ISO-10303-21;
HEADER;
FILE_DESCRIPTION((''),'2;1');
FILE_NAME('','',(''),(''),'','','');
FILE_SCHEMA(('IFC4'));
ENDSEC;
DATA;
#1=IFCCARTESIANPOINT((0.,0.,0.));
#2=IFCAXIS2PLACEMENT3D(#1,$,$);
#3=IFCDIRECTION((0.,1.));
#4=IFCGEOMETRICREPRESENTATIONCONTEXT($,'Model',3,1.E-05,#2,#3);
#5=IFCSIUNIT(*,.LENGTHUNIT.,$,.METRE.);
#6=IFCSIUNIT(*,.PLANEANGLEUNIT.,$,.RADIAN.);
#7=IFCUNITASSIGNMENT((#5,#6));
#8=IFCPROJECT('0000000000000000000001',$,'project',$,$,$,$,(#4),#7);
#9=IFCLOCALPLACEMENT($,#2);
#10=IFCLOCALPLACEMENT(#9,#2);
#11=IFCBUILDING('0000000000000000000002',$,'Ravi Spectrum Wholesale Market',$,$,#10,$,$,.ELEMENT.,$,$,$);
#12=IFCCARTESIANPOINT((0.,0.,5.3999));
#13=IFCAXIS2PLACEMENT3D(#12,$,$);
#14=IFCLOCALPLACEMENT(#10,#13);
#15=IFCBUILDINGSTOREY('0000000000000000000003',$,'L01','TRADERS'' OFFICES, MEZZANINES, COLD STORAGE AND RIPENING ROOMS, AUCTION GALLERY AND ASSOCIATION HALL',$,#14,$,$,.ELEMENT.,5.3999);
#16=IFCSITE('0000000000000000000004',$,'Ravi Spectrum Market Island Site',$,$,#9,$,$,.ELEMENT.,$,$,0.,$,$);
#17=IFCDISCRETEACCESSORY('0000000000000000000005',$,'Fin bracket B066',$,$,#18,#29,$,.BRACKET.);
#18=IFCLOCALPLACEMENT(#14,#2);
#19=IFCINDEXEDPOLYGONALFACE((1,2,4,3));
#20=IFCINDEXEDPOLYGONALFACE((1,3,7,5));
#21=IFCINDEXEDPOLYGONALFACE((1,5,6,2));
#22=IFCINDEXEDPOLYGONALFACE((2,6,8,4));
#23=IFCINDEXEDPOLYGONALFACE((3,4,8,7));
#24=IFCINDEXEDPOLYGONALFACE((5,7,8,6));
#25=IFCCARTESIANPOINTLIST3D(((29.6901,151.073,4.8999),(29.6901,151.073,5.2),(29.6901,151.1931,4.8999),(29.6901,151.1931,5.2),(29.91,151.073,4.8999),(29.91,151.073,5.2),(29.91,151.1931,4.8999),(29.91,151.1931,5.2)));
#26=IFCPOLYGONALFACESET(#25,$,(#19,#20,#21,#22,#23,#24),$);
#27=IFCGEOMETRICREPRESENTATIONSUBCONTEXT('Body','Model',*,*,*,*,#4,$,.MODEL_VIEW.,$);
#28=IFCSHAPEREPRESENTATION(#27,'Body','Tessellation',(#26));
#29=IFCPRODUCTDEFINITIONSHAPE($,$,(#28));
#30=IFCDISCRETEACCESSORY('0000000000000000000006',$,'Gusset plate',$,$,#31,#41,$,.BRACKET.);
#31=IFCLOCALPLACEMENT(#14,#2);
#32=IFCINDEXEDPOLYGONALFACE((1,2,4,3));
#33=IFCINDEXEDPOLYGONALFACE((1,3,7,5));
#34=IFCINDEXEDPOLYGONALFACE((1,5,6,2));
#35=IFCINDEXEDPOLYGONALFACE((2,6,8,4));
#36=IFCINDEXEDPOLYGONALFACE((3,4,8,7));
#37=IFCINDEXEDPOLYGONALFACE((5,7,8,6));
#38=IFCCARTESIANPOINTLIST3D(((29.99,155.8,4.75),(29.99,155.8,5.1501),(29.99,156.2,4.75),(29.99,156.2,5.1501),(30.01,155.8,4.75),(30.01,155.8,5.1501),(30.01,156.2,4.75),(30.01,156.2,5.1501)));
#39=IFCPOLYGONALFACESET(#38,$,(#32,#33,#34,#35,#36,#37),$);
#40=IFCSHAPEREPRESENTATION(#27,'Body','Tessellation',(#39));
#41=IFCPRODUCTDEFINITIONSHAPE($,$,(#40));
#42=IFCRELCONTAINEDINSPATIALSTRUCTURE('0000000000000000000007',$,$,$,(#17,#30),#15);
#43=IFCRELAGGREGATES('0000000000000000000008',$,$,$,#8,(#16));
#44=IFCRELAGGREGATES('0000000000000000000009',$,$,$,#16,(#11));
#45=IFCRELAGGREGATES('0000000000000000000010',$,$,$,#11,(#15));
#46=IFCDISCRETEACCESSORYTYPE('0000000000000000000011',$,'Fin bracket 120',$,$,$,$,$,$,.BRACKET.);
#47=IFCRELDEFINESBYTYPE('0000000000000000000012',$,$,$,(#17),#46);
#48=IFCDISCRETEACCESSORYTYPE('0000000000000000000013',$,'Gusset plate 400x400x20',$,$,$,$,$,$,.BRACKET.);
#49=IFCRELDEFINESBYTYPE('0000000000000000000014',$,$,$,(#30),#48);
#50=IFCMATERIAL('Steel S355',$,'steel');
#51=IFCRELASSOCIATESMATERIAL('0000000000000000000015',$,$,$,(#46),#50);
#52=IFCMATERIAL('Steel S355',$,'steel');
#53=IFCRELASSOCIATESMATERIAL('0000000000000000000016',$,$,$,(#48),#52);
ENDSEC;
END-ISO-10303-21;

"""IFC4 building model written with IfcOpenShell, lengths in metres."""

from ifc_helpers import new_model, si_unit, direction, frame, origin, origin_2d, place, context, subcontext, project, spatial, rectangle, extrude, material, material_profile, profile_set, type_object, element, save


model = new_model("IFC4")

# Units and contexts
model_context = context("Model", 3, precision=1e-05, world=origin(), true_north=direction((0.0, 1.0)))
body_context = subcontext(model_context, "Body", "Model", "MODEL_VIEW")
ifc_project = project(units=[si_unit("LENGTHUNIT", "METRE"), si_unit("PLANEANGLEUNIT", "RADIAN")], contexts=[model_context])

# Site, building, storey
site_placement = place(None, origin())
site = spatial("IfcSite", under=ifc_project, at=site_placement, Name="Ravi Spectrum Market Island Site", CompositionType="ELEMENT", RefElevation=0.0)
building_placement = place(site_placement, origin())
building = spatial("IfcBuilding", under=site, at=building_placement, Name="Ravi Spectrum Wholesale Market", CompositionType="ELEMENT")
storey_placement = place(building_placement, frame((0.0, 0.0, 5.3999)))
storey = spatial("IfcBuildingStorey", under=building, at=storey_placement, Name="L01", Description="TRADERS' OFFICES, MEZZANINES, COLD STORAGE AND RIPENING ROOMS, AUCTION GALLERY AND ASSOCIATION HALL", CompositionType="ELEMENT", Elevation=5.3999)

# Discrete accessories
ifc_material_1 = material(Name="Steel S355", Category="steel")
discrete_accessory_type_1 = type_object("IfcDiscreteAccessoryType", Name="Fin bracket 120", PredefinedType="BRACKET", material=ifc_material_1)
for number, where, z_axis, x_axis, name in (
    (1, (29.8, 151.1331, 4.8999), (0.0, 0.0, 1.0), (0.0, -1.0, 0.0), "Fin bracket B066"),
):
    element("IfcDiscreteAccessory", number, at=place(storey_placement, frame(where, z_axis=z_axis, x_axis=x_axis)), inside=storey, type_object=discrete_accessory_type_1, Name=name, PredefinedType="BRACKET", context=body_context, shape_type="SweptSolid", body=[
        extrude(rectangle(XDim=0.1201, YDim=0.22, at=origin_2d()), origin(), (0.0, 0.0, 1.0), 0.3),
    ])
ifc_material_2 = material(Name="Steel S355", Category="steel")
ifc_material_profile = material_profile(ifc_material_2, rectangle(XDim=0.3999, YDim=0.02, at=origin_2d()))
ifc_profile_set = profile_set([ifc_material_profile], Name="Steel S355")
discrete_accessory_type_2 = type_object("IfcDiscreteAccessoryType", Name="Gusset plate 400x400x20", PredefinedType="BRACKET", material=ifc_profile_set)
discrete_accessory_placement = place(storey_placement, frame((30.0, 156.0, 4.75), z_axis=(0.0, 0.0, 1.0), x_axis=(0.0, 1.0, 0.0)))
element("IfcDiscreteAccessory", 2, at=discrete_accessory_placement, inside=storey, type_object=discrete_accessory_type_2, Name="Gusset plate", PredefinedType="BRACKET", context=body_context, shape_type="SweptSolid", body=[
    extrude(rectangle(XDim=0.3999, YDim=0.02, at=origin_2d()), origin(), (0.0, 0.0, 1.0), 0.4001),
])

save(model, "model.ifc")
